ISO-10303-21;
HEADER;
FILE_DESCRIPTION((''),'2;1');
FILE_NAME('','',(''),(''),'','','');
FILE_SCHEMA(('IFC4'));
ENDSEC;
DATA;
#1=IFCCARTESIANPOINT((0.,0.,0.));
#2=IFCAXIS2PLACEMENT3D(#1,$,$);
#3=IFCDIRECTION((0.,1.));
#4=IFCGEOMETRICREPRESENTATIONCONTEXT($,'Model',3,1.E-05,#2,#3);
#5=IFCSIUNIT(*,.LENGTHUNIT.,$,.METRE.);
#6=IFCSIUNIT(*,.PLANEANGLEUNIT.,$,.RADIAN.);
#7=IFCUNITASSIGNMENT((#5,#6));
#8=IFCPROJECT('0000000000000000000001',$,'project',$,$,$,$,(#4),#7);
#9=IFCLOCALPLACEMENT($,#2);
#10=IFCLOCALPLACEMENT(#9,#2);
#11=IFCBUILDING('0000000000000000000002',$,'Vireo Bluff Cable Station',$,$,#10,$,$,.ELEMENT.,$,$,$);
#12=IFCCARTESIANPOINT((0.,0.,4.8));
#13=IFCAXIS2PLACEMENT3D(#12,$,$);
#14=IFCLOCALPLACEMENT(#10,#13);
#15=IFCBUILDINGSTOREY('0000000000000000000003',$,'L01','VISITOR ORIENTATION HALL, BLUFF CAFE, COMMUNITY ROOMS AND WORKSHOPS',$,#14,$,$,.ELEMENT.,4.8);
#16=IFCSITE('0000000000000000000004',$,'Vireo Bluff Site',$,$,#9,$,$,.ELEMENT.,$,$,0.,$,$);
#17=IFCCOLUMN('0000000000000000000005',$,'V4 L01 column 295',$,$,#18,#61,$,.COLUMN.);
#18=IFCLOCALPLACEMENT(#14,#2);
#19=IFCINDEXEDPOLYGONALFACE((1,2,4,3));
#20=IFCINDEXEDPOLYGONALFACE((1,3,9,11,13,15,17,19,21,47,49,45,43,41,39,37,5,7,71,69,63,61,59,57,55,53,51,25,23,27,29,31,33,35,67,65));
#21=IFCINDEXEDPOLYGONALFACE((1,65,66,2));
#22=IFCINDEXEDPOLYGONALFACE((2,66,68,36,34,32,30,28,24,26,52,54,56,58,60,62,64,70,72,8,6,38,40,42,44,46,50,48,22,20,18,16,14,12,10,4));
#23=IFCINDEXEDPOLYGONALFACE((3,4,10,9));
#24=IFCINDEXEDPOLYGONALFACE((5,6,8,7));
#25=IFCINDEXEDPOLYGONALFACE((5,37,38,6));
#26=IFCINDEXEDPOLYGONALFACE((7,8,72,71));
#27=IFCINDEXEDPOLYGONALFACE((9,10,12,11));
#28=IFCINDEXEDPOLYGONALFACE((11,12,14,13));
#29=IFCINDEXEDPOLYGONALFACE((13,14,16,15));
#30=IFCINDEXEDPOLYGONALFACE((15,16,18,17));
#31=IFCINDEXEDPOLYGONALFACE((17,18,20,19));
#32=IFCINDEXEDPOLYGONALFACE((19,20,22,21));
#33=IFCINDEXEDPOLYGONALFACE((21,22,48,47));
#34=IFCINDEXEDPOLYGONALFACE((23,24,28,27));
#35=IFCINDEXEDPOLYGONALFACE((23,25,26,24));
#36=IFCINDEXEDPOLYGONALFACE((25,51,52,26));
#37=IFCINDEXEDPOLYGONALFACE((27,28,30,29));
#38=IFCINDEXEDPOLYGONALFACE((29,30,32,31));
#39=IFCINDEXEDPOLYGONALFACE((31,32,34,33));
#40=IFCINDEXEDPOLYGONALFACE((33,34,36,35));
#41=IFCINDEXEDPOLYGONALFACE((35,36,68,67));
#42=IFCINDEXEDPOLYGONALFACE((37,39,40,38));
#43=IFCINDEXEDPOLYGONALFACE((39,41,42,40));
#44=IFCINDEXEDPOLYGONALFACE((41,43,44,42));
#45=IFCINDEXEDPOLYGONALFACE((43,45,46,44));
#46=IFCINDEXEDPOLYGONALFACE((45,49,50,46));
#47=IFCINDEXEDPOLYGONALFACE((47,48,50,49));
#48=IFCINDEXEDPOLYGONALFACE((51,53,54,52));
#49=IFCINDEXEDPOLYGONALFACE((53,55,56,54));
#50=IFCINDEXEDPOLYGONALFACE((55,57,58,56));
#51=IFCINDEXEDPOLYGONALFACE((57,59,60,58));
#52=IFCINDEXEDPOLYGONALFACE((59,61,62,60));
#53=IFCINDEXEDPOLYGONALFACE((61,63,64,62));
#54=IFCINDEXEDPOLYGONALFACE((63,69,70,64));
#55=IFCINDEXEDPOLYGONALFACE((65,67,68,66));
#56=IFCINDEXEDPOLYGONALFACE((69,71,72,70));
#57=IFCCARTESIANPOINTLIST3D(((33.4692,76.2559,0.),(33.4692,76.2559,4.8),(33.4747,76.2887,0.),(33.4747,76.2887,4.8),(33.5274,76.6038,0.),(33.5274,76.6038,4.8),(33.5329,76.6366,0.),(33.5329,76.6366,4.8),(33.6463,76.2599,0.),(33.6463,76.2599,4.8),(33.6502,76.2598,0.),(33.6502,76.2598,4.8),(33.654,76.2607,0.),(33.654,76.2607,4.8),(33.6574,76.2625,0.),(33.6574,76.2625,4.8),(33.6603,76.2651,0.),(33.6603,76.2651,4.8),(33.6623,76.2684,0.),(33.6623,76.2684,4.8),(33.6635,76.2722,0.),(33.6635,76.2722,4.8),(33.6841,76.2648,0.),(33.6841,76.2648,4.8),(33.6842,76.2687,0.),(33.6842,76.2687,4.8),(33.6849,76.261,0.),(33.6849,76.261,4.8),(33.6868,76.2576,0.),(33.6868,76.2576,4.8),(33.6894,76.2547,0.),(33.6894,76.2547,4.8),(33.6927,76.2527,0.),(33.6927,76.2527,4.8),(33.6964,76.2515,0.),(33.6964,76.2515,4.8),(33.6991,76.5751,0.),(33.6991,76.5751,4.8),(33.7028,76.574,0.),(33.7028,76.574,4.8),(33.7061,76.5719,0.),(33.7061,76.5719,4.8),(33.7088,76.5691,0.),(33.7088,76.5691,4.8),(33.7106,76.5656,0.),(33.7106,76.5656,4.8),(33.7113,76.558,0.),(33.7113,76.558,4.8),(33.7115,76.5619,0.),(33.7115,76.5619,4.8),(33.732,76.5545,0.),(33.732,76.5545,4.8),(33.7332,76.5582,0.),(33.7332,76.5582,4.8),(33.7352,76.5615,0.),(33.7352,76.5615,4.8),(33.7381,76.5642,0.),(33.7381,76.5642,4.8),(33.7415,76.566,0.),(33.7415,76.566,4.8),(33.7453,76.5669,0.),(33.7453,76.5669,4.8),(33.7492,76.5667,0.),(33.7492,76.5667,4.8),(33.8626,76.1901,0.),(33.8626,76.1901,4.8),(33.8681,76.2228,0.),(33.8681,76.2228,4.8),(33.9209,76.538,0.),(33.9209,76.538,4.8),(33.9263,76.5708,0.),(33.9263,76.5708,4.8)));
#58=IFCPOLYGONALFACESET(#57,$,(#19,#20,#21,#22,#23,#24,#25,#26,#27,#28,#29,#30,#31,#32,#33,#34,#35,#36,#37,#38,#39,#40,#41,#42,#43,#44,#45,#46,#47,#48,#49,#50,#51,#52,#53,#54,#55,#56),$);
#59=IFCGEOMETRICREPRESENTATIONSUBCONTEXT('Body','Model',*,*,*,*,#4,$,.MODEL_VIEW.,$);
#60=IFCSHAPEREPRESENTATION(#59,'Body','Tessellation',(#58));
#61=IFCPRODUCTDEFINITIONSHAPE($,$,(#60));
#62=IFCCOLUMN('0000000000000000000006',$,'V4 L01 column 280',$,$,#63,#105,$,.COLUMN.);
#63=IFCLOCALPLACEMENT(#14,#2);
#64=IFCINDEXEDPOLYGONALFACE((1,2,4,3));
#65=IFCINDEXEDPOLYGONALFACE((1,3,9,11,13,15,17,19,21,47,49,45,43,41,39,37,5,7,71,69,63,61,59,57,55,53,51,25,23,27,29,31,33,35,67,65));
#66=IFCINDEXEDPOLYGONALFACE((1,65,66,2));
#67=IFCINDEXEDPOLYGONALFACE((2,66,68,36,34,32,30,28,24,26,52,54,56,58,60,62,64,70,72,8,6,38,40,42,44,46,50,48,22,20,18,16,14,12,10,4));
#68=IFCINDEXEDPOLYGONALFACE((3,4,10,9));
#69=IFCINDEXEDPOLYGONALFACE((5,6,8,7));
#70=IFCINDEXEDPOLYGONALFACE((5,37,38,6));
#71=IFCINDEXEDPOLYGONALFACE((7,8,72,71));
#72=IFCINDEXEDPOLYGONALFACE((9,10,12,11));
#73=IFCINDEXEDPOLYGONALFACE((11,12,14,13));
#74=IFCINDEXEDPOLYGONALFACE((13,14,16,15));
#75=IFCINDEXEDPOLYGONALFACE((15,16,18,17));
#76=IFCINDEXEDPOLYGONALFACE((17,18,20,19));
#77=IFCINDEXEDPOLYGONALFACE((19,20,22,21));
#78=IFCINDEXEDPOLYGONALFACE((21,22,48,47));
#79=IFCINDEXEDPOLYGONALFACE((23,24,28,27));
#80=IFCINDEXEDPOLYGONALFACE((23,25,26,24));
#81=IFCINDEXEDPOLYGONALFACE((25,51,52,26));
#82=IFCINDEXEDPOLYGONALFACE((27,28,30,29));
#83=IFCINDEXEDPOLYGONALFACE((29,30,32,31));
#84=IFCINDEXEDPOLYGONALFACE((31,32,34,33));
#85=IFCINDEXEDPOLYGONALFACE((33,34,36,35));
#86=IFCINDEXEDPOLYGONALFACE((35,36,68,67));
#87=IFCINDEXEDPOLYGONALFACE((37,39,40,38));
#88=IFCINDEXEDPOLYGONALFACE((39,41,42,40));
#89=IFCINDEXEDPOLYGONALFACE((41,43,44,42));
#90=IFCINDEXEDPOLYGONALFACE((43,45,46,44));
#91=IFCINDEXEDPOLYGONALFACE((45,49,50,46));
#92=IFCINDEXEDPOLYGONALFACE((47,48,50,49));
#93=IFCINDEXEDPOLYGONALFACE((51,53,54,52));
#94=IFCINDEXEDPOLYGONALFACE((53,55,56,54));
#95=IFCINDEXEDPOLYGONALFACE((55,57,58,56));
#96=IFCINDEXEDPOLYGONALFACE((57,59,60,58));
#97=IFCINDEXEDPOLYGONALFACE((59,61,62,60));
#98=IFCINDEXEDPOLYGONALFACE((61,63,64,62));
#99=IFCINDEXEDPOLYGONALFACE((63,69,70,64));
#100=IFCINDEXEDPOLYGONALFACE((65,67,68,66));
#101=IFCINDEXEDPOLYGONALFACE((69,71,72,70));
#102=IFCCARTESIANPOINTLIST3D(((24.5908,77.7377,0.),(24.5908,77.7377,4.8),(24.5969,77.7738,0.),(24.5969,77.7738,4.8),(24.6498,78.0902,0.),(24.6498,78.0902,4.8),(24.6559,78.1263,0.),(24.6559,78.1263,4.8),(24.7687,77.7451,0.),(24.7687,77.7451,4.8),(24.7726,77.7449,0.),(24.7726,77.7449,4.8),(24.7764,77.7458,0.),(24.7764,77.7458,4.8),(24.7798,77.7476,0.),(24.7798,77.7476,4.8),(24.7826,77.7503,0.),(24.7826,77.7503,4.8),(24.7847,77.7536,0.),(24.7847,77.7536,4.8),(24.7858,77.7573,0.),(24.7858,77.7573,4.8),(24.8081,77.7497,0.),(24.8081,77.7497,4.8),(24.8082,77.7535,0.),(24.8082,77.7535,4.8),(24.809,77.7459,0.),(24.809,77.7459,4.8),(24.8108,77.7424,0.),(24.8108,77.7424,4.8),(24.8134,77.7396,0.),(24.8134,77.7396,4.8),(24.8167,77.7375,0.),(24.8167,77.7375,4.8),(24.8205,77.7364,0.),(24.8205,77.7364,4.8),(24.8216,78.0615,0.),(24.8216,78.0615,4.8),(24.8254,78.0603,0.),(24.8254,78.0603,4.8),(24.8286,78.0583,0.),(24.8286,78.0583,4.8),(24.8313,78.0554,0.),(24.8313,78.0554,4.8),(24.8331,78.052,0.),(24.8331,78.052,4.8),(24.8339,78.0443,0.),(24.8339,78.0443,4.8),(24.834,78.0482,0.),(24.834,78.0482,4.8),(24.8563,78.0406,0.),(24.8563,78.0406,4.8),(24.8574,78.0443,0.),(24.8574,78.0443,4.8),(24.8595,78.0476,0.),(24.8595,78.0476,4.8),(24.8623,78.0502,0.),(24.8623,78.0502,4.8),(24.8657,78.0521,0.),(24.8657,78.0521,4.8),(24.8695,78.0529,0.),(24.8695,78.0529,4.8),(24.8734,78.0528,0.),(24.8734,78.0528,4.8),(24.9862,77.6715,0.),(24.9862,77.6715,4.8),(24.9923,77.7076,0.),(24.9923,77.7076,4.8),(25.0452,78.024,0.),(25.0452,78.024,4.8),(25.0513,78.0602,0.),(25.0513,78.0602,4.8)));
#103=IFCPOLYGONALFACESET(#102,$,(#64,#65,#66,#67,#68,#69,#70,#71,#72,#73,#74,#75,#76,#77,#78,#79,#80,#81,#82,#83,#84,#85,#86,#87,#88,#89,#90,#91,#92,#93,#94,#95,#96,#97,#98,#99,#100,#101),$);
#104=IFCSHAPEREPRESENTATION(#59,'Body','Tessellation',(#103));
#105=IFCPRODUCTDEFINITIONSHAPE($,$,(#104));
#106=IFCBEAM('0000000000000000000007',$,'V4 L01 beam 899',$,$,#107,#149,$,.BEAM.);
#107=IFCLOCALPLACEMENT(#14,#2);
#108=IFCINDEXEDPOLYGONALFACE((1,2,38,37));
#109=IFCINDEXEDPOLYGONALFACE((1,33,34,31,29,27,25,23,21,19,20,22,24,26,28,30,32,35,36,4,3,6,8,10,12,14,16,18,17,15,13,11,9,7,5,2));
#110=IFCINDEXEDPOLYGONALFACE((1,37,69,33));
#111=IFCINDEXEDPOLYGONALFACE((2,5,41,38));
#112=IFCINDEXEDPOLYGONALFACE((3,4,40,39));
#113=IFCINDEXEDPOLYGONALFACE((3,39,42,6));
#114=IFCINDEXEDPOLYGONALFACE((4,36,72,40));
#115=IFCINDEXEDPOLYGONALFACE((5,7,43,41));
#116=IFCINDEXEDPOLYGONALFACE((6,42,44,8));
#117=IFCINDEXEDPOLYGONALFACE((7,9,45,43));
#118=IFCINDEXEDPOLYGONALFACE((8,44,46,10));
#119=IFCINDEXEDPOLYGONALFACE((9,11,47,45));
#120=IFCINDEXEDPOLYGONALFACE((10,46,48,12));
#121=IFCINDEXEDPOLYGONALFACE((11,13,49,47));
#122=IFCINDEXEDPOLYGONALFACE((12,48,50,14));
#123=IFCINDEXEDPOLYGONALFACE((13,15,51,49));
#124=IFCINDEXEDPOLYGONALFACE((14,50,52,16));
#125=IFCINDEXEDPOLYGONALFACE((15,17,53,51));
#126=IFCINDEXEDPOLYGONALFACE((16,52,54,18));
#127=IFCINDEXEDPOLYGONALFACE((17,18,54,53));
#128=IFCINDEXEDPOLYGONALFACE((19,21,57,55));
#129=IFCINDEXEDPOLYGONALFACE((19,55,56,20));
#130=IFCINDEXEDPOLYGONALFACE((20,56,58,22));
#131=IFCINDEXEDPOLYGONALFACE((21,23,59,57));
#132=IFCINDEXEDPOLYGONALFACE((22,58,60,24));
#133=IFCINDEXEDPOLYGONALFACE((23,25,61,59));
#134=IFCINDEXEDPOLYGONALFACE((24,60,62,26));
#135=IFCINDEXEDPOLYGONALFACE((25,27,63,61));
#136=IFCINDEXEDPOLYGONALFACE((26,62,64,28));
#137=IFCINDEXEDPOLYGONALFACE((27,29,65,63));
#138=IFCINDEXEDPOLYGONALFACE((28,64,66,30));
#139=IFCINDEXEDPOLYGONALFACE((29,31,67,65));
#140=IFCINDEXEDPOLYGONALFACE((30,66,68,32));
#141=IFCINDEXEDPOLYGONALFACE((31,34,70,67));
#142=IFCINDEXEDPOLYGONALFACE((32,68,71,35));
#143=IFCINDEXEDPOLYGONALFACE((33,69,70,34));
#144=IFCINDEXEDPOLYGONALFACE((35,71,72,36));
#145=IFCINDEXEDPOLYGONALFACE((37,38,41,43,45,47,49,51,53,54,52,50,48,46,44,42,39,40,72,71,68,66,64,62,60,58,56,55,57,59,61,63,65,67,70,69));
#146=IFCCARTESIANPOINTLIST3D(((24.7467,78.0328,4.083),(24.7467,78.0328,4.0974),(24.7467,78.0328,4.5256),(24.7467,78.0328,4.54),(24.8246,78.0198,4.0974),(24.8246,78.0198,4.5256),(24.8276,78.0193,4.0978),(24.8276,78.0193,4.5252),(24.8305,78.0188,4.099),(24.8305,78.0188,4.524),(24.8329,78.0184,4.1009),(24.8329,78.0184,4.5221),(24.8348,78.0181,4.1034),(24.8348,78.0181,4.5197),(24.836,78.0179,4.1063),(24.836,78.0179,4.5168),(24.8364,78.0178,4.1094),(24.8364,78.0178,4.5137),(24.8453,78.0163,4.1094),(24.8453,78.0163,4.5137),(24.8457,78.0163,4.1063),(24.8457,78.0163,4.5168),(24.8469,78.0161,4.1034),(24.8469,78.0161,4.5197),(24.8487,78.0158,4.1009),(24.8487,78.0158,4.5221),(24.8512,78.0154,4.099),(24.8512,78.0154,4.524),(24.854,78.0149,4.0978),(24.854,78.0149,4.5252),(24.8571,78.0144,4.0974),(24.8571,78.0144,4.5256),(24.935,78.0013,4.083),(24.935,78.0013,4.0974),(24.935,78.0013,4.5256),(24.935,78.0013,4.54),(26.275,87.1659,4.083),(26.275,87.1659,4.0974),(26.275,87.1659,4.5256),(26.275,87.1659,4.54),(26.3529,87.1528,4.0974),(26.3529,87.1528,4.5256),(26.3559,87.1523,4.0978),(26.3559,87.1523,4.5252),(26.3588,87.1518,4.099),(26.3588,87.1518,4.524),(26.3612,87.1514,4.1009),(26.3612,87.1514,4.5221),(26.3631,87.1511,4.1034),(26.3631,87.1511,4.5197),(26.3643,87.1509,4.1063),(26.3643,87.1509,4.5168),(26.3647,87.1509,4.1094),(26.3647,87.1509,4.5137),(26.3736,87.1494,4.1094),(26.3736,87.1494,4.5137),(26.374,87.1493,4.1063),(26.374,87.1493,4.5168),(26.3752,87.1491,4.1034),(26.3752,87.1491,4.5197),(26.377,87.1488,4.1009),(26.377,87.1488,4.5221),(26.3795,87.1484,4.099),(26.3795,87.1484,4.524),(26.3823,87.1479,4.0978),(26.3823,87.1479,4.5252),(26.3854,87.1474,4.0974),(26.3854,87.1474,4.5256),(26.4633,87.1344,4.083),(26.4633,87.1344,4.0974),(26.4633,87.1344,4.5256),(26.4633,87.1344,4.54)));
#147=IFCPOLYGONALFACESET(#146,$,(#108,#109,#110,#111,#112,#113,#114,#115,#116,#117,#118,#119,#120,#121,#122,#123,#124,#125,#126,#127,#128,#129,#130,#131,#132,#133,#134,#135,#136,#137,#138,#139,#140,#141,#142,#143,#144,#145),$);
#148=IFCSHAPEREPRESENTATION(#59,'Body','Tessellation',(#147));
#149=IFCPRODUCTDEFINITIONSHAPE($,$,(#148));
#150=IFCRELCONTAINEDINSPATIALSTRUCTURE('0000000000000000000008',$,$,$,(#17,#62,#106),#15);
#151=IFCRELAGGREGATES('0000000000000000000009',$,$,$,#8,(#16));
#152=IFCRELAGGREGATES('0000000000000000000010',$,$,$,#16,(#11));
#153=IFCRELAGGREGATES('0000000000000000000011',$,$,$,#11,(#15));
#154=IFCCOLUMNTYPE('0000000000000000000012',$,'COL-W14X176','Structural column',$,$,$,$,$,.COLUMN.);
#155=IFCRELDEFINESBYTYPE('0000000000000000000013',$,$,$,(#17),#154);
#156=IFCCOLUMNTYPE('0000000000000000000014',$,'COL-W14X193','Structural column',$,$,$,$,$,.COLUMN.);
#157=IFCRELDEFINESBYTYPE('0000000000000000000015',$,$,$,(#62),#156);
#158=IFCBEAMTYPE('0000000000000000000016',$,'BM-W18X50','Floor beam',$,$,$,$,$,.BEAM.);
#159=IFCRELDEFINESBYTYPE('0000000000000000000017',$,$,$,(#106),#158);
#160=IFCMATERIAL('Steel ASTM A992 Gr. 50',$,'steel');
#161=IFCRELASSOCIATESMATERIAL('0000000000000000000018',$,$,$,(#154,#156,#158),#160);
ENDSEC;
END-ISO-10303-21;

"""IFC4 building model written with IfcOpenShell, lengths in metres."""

from ifc_helpers import new_model, si_unit, direction, frame, origin, origin_2d, place, context, subcontext, project, spatial, i_section, extrude, material, material_profile, profile_set, type_object, element, save


model = new_model("IFC4")

# Units and contexts
model_context = context("Model", 3, precision=1e-05, world=origin(), true_north=direction((0.0, 1.0)))
body_context = subcontext(model_context, "Body", "Model", "MODEL_VIEW")
ifc_project = project(units=[si_unit("LENGTHUNIT", "METRE"), si_unit("PLANEANGLEUNIT", "RADIAN")], contexts=[model_context])

# Site, building, storey
site_placement = place(None, origin())
site = spatial("IfcSite", under=ifc_project, at=site_placement, Name="Vireo Bluff Site", CompositionType="ELEMENT", RefElevation=0.0)
building_placement = place(site_placement, origin())
building = spatial("IfcBuilding", under=site, at=building_placement, Name="Vireo Bluff Cable Station", CompositionType="ELEMENT")
storey_placement = place(building_placement, frame((0.0, 0.0, 4.8)))
storey = spatial("IfcBuildingStorey", under=building, at=storey_placement, Name="L01", Description="VISITOR ORIENTATION HALL, BLUFF CAFE, COMMUNITY ROOMS AND WORKSHOPS", CompositionType="ELEMENT", Elevation=4.8)

# Columns
ifc_material_1 = material(Name="Steel ASTM A992 Gr. 50", Category="steel")
ifc_material_profile_1 = material_profile(ifc_material_1, i_section(OverallWidth=0.3989, OverallDepth=0.386, WebThickness=0.021, FlangeThickness=0.0332, FilletRadius=0.0149, at=origin_2d()), Name="W14X176")
ifc_profile_set_1 = profile_set([ifc_material_profile_1], Name="Steel ASTM A992 Gr. 50")
column_type_1 = type_object("IfcColumnType", Name="COL-W14X176", Description="Structural column", PredefinedType="COLUMN", material=ifc_profile_set_1)
column_1_placement = place(storey_placement, frame((33.6978, 76.4133, 0.0), z_axis=(0.0, 0.0, 1.0), x_axis=(0.986286, -0.165048, 0.0)))
element("IfcColumn", 1, at=column_1_placement, inside=storey, type_object=column_type_1, Name="V4 L01 column 295", PredefinedType="COLUMN", context=body_context, shape_type="SweptSolid", body=[
    extrude(i_section(OverallWidth=0.3989, OverallDepth=0.386, WebThickness=0.021, FlangeThickness=0.0332, FilletRadius=0.0149, at=origin_2d()), origin(), (0.0, 0.0, 1.0), 4.8),
])
ifc_material_profile_2 = material_profile(ifc_material_1, i_section(OverallWidth=0.4009, OverallDepth=0.394, WebThickness=0.0227, FlangeThickness=0.0366, FilletRadius=0.0149, at=origin_2d()), Name="W14X193")
ifc_profile_set_2 = profile_set([ifc_material_profile_2], Name="Steel ASTM A992 Gr. 50")
column_type_2 = type_object("IfcColumnType", Name="COL-W14X193", Description="Structural column", PredefinedType="COLUMN", material=ifc_profile_set_2)
column_2_placement = place(storey_placement, frame((24.821, 77.8989, 0.0), z_axis=(0.0, 0.0, 1.0), x_axis=(0.986286, -0.165048, 0.0)))
element("IfcColumn", 2, at=column_2_placement, inside=storey, type_object=column_type_2, Name="V4 L01 column 280", PredefinedType="COLUMN", context=body_context, shape_type="SweptSolid", body=[
    extrude(i_section(OverallWidth=0.4009, OverallDepth=0.394, WebThickness=0.0227, FlangeThickness=0.0366, FilletRadius=0.0149, at=origin_2d()), origin(), (0.0, 0.0, 1.0), 4.8),
])

# Beam
ifc_material_profile_3 = material_profile(ifc_material_1, i_section(OverallWidth=0.1909, OverallDepth=0.457, WebThickness=0.009, FlangeThickness=0.0144, FilletRadius=0.012, at=origin_2d()), Name="W18X50")
ifc_profile_set_3 = profile_set([ifc_material_profile_3], Name="Steel ASTM A992 Gr. 50")
beam_type_1 = type_object("IfcBeamType", Name="BM-W18X50", Description="Floor beam", PredefinedType="BEAM", material=ifc_profile_set_3)
beam_1_placement = place(storey_placement, frame((24.8408, 78.0171, 4.3115), z_axis=(0.165045, 0.986286, 0.0), x_axis=(-0.986286, 0.165045, 0.0)))
element("IfcBeam", 3, at=beam_1_placement, inside=storey, type_object=beam_type_1, Name="V4 L01 beam 899", PredefinedType="BEAM", context=body_context, shape_type="SweptSolid", body=[
    extrude(i_section(OverallWidth=0.1909, OverallDepth=0.457, WebThickness=0.009, FlangeThickness=0.0144, FilletRadius=0.012, at=origin_2d()), origin(), (0.0, 0.0, 1.0), 9.26),
])

save(model, "model.ifc")
